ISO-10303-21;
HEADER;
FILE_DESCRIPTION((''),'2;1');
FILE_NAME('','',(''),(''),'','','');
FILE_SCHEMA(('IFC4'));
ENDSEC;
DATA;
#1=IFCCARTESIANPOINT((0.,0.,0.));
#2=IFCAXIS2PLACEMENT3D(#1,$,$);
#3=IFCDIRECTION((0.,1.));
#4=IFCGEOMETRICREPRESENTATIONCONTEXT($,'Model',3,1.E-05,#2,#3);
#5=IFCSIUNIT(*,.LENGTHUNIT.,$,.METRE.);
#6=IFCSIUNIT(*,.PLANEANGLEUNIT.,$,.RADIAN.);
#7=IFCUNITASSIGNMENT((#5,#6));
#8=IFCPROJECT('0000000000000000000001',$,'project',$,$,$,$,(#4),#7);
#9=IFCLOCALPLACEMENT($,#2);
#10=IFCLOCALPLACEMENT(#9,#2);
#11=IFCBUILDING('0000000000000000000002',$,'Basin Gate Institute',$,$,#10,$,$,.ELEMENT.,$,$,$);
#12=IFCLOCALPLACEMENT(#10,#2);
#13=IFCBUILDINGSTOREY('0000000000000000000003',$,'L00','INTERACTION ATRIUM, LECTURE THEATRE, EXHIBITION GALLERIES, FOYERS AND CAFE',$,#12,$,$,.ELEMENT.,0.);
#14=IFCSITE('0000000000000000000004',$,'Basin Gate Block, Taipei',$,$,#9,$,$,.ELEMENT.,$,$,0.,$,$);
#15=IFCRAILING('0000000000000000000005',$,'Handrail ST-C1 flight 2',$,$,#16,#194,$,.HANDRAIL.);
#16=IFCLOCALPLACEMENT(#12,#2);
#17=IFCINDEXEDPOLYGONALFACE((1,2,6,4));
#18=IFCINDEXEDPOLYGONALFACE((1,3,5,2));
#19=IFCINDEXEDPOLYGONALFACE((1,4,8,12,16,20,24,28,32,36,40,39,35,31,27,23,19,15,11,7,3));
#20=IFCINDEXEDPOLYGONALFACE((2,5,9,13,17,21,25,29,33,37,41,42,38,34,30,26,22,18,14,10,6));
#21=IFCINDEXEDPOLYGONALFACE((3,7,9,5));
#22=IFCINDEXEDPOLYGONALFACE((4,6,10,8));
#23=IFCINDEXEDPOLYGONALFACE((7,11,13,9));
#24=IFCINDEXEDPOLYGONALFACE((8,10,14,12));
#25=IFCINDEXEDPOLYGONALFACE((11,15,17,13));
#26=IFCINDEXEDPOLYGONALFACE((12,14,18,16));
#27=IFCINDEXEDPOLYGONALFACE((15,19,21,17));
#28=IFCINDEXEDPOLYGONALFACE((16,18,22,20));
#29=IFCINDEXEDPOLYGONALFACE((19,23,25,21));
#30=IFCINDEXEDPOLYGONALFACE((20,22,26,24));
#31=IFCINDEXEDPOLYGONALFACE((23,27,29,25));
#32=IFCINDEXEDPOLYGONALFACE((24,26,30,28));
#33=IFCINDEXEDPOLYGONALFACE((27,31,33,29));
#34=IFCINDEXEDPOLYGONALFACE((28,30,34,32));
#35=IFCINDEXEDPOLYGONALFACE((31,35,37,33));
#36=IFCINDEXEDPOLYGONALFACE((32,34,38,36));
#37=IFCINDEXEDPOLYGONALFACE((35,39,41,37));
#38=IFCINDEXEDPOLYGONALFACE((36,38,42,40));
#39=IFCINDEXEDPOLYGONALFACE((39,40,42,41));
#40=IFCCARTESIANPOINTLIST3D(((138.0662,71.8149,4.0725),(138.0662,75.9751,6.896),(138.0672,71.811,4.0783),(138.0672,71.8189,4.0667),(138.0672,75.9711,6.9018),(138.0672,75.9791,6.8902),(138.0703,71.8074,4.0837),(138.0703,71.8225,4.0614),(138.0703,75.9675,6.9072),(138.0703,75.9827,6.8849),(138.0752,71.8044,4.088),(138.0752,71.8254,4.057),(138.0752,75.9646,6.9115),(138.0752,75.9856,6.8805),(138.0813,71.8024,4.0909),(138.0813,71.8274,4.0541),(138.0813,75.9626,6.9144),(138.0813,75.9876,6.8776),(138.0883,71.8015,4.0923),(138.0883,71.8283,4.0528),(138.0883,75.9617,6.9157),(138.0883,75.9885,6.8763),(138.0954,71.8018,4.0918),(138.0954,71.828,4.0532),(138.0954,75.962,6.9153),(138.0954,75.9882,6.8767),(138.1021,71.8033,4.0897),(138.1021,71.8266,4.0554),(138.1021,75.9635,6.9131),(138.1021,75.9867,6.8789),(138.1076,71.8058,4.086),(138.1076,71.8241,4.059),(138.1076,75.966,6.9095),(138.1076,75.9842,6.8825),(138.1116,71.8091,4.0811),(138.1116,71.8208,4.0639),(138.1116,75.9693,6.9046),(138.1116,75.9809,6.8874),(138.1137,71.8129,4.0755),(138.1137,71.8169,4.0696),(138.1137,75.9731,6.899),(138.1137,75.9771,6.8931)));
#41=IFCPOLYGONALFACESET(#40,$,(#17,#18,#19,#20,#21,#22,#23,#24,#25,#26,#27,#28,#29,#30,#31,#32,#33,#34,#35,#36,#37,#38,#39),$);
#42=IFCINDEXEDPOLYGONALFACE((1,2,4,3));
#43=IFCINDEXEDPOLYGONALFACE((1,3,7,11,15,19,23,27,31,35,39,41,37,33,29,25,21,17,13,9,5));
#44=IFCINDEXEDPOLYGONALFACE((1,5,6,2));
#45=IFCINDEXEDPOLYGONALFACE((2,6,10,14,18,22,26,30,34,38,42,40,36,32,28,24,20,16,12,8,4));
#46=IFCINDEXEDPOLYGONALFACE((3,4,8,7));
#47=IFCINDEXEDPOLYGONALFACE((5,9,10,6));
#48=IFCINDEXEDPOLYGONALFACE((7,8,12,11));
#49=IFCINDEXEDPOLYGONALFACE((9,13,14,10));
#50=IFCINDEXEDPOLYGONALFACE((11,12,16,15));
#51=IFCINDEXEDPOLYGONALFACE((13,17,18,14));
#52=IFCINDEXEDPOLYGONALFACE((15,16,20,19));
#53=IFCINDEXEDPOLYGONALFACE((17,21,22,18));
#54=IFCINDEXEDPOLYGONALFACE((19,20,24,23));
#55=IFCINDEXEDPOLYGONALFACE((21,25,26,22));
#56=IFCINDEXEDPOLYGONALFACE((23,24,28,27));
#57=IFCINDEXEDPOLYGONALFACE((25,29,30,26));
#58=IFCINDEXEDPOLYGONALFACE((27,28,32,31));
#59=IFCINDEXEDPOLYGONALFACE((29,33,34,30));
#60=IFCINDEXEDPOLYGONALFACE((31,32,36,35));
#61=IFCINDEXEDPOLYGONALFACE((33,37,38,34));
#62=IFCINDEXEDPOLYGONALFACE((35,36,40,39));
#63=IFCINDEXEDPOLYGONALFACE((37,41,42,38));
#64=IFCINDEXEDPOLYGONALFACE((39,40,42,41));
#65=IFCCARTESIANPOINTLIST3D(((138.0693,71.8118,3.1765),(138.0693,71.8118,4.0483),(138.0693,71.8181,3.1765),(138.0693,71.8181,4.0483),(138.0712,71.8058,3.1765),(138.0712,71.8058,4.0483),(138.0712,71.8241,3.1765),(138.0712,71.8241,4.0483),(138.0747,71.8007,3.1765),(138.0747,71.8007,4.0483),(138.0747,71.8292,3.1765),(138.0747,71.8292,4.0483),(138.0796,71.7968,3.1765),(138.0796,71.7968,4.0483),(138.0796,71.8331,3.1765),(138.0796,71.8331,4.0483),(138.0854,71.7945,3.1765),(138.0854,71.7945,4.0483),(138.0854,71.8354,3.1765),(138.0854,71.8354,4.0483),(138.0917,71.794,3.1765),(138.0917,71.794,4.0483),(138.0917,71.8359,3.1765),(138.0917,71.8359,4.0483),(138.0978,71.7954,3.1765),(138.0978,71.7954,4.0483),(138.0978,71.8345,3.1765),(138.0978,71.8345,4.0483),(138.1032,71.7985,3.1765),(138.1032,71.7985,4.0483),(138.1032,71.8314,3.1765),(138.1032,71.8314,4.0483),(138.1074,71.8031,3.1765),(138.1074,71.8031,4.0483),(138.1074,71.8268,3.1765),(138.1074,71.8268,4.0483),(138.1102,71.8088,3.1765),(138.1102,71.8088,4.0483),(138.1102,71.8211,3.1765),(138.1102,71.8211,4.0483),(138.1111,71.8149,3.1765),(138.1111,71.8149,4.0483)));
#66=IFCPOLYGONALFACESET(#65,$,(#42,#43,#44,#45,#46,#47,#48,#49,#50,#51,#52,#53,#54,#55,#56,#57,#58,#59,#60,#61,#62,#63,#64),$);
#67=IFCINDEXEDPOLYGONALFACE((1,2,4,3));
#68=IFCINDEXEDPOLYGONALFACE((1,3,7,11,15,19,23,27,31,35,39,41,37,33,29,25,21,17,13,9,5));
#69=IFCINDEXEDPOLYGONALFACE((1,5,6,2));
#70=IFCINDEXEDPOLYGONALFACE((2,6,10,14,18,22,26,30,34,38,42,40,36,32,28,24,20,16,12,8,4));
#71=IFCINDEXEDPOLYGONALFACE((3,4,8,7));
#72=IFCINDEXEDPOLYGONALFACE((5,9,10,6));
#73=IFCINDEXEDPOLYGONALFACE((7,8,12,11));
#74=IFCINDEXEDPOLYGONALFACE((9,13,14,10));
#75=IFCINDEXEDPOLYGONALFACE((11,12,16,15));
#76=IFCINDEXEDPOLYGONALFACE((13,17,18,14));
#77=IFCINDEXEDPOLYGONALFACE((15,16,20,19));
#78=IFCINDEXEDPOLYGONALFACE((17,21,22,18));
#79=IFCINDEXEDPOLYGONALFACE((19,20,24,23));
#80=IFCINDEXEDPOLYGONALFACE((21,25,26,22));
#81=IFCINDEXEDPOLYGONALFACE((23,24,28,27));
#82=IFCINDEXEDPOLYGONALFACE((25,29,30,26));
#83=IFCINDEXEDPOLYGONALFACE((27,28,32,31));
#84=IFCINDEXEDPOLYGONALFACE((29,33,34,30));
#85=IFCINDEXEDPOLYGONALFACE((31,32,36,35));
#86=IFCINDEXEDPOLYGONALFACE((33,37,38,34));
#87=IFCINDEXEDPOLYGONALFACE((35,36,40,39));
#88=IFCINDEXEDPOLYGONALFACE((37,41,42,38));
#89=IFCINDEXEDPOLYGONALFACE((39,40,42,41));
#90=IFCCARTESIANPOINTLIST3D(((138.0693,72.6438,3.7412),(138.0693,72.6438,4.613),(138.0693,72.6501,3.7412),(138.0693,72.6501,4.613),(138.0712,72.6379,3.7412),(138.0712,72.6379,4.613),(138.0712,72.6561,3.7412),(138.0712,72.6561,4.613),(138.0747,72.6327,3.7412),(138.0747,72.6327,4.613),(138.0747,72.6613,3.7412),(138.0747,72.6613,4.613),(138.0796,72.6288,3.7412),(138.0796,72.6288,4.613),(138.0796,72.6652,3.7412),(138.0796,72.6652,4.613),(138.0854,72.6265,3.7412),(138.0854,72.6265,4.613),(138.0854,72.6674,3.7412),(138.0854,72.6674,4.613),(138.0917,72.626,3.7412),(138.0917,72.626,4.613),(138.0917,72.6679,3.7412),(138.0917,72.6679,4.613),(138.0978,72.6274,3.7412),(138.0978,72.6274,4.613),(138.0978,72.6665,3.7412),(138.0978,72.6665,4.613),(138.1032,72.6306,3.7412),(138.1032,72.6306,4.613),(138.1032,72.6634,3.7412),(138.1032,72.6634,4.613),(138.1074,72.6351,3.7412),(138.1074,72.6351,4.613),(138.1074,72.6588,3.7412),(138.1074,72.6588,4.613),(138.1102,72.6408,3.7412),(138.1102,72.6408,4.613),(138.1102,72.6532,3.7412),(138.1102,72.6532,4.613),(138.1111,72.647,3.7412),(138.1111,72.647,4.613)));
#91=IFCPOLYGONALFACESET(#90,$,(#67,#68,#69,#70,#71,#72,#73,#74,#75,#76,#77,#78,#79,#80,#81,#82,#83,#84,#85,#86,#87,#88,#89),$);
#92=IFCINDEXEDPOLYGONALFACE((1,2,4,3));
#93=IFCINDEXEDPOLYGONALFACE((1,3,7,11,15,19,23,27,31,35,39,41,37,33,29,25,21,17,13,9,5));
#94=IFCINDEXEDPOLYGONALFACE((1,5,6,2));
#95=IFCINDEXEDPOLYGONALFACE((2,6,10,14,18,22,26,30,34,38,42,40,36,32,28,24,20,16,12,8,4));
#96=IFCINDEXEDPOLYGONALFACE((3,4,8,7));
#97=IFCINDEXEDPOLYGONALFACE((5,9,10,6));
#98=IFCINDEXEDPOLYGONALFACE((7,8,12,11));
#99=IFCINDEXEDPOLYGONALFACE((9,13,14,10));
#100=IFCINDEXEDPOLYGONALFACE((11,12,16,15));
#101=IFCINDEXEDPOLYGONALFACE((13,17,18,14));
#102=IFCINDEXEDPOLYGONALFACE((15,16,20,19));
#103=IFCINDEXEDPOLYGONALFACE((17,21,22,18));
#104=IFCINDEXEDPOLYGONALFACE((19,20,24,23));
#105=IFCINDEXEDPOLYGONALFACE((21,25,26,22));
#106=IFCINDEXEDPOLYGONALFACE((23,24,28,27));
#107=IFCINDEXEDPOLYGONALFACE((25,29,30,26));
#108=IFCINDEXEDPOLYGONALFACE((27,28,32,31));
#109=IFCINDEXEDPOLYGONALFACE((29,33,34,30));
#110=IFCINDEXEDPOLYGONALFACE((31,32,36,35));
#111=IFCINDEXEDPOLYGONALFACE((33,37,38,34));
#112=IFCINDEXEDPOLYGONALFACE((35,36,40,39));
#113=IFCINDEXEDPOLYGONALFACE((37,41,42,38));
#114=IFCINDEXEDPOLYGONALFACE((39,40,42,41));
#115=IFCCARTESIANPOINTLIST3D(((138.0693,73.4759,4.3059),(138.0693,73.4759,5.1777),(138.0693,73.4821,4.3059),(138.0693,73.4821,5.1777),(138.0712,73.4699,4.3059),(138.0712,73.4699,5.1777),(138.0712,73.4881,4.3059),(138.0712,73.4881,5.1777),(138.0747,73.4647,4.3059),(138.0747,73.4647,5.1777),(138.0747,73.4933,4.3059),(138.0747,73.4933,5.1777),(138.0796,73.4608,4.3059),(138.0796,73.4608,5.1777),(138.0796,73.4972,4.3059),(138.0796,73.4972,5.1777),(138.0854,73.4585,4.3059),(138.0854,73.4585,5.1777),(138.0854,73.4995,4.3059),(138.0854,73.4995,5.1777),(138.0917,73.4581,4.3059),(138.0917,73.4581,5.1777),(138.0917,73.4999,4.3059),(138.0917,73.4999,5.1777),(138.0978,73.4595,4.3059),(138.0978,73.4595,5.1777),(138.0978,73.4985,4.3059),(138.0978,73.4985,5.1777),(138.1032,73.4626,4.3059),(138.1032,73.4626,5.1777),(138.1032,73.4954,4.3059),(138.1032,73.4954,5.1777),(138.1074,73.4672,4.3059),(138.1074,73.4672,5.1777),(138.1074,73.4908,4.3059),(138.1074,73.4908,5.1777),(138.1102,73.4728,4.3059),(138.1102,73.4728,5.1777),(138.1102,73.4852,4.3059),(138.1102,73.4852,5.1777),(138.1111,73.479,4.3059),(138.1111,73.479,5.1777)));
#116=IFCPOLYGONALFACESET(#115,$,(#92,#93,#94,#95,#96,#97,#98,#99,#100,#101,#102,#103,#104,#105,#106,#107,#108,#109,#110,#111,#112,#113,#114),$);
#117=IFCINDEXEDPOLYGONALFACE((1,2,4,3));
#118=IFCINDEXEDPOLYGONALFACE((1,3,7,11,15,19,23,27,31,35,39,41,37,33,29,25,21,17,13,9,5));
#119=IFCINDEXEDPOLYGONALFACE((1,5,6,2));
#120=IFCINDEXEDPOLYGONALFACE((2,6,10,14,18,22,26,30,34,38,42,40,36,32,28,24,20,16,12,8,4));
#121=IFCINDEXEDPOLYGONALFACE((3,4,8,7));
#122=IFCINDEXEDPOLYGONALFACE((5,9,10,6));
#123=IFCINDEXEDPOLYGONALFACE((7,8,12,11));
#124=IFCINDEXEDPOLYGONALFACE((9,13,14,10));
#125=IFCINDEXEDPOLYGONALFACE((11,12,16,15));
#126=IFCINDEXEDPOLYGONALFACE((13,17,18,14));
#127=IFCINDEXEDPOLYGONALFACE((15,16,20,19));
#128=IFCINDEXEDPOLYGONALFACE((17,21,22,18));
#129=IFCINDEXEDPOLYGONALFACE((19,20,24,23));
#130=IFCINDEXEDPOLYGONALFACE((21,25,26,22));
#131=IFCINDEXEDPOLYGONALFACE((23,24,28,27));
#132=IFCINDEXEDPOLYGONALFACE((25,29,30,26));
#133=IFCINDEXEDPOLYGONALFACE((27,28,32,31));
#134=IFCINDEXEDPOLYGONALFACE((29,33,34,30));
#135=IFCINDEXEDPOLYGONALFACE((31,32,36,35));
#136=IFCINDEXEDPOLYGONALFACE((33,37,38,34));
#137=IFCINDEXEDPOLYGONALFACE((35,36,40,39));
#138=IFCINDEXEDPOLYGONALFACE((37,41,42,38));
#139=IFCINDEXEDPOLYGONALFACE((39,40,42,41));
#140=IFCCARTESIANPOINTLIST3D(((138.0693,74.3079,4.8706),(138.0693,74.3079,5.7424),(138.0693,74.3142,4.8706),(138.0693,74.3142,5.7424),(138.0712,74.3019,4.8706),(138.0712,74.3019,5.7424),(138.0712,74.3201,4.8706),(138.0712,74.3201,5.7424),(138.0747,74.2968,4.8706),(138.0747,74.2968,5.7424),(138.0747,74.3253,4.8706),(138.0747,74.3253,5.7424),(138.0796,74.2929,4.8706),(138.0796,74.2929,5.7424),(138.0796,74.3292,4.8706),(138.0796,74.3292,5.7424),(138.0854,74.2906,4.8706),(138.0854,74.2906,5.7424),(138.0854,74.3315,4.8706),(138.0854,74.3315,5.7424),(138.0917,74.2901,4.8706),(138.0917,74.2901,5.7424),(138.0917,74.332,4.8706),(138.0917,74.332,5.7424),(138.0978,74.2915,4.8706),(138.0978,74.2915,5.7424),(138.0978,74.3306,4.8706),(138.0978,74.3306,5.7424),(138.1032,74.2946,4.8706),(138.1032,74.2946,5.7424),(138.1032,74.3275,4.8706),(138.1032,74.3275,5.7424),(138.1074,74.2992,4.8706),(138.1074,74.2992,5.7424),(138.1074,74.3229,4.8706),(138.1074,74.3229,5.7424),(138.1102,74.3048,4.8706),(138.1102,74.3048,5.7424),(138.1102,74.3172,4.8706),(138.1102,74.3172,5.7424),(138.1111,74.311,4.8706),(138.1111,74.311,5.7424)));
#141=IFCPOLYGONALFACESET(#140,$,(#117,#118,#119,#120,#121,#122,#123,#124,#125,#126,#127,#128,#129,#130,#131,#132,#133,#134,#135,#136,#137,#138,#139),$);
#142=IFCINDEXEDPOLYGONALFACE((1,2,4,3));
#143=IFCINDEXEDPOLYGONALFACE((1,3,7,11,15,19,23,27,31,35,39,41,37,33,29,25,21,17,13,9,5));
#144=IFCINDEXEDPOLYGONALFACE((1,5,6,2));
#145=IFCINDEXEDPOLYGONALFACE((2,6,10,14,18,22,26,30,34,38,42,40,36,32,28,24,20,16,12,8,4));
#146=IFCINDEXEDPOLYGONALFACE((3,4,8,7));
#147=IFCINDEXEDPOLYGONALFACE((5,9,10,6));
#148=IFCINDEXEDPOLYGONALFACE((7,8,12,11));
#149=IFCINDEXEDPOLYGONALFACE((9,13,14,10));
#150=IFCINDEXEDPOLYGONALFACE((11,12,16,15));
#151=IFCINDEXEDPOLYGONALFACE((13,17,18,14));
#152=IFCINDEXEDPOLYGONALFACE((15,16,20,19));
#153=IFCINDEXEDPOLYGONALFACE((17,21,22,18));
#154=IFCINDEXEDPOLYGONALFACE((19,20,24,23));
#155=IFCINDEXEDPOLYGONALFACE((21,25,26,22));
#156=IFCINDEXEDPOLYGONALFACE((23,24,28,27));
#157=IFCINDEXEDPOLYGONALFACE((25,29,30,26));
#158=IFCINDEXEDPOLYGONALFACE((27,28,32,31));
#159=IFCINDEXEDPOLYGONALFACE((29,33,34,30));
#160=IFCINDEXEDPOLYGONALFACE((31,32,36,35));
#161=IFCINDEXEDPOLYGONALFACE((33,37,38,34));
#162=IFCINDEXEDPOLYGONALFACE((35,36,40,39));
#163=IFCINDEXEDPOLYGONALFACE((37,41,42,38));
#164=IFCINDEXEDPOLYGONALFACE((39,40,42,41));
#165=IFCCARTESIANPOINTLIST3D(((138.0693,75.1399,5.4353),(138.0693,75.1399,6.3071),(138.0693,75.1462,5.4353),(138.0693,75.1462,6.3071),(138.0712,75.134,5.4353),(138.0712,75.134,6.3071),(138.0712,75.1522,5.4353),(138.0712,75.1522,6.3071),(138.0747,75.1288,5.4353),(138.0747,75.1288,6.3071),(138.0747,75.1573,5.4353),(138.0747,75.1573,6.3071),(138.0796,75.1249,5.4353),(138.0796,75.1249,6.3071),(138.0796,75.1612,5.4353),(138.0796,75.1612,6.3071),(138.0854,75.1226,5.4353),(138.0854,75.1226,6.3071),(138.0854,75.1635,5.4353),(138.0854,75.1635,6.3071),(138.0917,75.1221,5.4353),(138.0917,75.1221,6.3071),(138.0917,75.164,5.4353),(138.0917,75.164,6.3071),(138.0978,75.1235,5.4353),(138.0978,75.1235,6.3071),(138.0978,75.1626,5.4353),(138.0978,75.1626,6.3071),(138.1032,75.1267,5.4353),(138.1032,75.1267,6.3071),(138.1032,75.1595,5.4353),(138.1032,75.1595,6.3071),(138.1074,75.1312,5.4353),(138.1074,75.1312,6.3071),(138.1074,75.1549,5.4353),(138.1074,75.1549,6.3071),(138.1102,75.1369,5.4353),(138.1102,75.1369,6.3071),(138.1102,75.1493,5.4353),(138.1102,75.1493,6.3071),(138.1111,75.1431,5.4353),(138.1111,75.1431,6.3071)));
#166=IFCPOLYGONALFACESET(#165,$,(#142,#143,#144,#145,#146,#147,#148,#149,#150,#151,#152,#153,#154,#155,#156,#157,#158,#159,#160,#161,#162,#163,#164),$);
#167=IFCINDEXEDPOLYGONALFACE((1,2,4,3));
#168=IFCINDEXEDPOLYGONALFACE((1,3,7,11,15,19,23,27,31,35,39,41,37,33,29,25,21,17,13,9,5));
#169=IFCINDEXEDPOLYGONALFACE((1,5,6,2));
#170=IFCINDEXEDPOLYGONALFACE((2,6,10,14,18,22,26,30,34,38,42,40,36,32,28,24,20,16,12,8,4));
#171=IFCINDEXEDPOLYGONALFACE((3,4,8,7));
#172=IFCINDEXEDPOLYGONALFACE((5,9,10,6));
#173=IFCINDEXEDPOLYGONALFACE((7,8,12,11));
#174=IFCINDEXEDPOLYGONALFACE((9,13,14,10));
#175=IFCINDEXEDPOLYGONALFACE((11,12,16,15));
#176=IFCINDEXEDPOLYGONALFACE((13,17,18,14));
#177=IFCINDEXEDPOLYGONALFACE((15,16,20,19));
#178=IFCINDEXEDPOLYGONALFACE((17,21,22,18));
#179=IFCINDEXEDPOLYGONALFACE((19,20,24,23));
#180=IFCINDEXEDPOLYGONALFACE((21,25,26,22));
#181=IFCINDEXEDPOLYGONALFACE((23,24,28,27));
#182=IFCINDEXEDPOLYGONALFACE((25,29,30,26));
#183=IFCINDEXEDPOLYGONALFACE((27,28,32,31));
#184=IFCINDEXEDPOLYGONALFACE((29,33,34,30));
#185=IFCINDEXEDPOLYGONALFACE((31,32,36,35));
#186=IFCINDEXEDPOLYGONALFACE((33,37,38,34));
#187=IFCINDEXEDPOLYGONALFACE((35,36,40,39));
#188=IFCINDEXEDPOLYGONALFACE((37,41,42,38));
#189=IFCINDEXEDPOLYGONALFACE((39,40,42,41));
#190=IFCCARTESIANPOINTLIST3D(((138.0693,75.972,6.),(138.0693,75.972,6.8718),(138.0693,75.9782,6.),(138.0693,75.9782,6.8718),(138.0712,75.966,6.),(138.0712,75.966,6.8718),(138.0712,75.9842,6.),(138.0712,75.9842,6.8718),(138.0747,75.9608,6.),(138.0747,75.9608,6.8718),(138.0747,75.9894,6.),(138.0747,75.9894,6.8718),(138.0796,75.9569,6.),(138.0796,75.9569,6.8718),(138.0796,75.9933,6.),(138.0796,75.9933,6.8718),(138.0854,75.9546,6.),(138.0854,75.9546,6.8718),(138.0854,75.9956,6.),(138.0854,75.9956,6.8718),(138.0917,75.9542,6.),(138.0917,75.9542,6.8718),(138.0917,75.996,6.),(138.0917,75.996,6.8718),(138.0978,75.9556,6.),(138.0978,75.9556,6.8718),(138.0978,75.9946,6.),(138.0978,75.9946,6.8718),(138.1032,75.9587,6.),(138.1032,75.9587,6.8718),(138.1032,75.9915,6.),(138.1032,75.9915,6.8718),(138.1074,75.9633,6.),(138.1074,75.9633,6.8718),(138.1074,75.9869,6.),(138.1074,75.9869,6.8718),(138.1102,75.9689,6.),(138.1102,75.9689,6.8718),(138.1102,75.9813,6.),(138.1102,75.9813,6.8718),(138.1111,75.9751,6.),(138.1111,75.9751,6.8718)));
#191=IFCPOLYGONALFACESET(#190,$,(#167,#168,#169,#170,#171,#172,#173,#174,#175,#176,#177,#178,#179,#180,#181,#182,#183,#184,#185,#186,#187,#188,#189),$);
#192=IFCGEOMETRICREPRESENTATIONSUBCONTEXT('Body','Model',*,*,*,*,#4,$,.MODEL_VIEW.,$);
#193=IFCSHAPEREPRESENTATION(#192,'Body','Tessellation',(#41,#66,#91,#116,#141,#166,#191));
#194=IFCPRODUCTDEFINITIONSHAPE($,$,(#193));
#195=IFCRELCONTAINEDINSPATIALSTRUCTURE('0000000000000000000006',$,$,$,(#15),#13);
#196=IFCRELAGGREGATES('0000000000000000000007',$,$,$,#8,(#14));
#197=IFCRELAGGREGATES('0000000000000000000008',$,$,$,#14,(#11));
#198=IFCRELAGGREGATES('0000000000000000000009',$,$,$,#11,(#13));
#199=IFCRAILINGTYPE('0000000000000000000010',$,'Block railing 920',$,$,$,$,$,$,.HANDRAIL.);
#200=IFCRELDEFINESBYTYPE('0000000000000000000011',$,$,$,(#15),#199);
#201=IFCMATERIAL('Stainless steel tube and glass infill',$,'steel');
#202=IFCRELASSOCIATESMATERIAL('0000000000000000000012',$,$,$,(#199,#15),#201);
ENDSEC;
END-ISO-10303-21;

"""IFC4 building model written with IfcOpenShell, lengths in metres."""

from ifc_helpers import new_model, si_unit, direction, frame, origin, origin_2d, place, context, subcontext, project, spatial, circle, extrude, material, type_object, element, save


model = new_model("IFC4")

# Units and contexts
model_context = context("Model", 3, precision=1e-05, world=origin(), true_north=direction((0.0, 1.0)))
body_context = subcontext(model_context, "Body", "Model", "MODEL_VIEW")
ifc_project = project(units=[si_unit("LENGTHUNIT", "METRE"), si_unit("PLANEANGLEUNIT", "RADIAN")], contexts=[model_context])

# Site, building, storey
site_placement = place(None, origin())
site = spatial("IfcSite", under=ifc_project, at=site_placement, Name="Basin Gate Block, Taipei", CompositionType="ELEMENT", RefElevation=0.0)
building_placement = place(site_placement, origin())
building = spatial("IfcBuilding", under=site, at=building_placement, Name="Basin Gate Institute", CompositionType="ELEMENT")
storey_placement = place(building_placement, origin())
storey = spatial("IfcBuildingStorey", under=building, at=storey_placement, Name="L00", Description="INTERACTION ATRIUM, LECTURE THEATRE, EXHIBITION GALLERIES, FOYERS AND CAFE", CompositionType="ELEMENT", Elevation=0.0)

# Railing
ifc_material_1 = material(Name="Stainless steel tube and glass infill", Category="steel")
railing_type_1 = type_object("IfcRailingType", Name="Block railing 920", PredefinedType="HANDRAIL", material=ifc_material_1)
for number, where, name in (
    (1, (138.0901, 71.8149, 3.1765), "Handrail ST-C1 flight 2"),
):
    element("IfcRailing", number, at=place(storey_placement, frame(where)), inside=storey, type_object=railing_type_1, material=ifc_material_1, Name=name, PredefinedType="HANDRAIL", context=body_context, shape_type="SweptSolid", body=[
        extrude(circle(Radius=0.0239, at=origin_2d()), frame((0.0, 0.0, 0.896), z_axis=(0.0, 0.827427, 0.561573), x_axis=(-1.0, 0.0, 0.0)), (0.0, 0.0, 1.0), 5.0278),
        extrude(circle(Radius=0.021, at=origin_2d()), origin(), (0.0, 0.0, 1.0), 0.8718),
        extrude(circle(Radius=0.021, at=origin_2d()), frame((0.0, 0.832, 0.5647)), (0.0, 0.0, 1.0), 0.8718),
        extrude(circle(Radius=0.021, at=origin_2d()), frame((0.0, 1.6641, 1.1294)), (0.0, 0.0, 1.0), 0.8718),
        extrude(circle(Radius=0.021, at=origin_2d()), frame((0.0, 2.4961, 1.6941)), (0.0, 0.0, 1.0), 0.8718),
        extrude(circle(Radius=0.021, at=origin_2d()), frame((0.0, 3.3281, 2.2588)), (0.0, 0.0, 1.0), 0.8718),
        extrude(circle(Radius=0.021, at=origin_2d()), frame((0.0, 4.1602, 2.8235)), (0.0, 0.0, 1.0), 0.8718),
    ])

save(model, "model.ifc")
